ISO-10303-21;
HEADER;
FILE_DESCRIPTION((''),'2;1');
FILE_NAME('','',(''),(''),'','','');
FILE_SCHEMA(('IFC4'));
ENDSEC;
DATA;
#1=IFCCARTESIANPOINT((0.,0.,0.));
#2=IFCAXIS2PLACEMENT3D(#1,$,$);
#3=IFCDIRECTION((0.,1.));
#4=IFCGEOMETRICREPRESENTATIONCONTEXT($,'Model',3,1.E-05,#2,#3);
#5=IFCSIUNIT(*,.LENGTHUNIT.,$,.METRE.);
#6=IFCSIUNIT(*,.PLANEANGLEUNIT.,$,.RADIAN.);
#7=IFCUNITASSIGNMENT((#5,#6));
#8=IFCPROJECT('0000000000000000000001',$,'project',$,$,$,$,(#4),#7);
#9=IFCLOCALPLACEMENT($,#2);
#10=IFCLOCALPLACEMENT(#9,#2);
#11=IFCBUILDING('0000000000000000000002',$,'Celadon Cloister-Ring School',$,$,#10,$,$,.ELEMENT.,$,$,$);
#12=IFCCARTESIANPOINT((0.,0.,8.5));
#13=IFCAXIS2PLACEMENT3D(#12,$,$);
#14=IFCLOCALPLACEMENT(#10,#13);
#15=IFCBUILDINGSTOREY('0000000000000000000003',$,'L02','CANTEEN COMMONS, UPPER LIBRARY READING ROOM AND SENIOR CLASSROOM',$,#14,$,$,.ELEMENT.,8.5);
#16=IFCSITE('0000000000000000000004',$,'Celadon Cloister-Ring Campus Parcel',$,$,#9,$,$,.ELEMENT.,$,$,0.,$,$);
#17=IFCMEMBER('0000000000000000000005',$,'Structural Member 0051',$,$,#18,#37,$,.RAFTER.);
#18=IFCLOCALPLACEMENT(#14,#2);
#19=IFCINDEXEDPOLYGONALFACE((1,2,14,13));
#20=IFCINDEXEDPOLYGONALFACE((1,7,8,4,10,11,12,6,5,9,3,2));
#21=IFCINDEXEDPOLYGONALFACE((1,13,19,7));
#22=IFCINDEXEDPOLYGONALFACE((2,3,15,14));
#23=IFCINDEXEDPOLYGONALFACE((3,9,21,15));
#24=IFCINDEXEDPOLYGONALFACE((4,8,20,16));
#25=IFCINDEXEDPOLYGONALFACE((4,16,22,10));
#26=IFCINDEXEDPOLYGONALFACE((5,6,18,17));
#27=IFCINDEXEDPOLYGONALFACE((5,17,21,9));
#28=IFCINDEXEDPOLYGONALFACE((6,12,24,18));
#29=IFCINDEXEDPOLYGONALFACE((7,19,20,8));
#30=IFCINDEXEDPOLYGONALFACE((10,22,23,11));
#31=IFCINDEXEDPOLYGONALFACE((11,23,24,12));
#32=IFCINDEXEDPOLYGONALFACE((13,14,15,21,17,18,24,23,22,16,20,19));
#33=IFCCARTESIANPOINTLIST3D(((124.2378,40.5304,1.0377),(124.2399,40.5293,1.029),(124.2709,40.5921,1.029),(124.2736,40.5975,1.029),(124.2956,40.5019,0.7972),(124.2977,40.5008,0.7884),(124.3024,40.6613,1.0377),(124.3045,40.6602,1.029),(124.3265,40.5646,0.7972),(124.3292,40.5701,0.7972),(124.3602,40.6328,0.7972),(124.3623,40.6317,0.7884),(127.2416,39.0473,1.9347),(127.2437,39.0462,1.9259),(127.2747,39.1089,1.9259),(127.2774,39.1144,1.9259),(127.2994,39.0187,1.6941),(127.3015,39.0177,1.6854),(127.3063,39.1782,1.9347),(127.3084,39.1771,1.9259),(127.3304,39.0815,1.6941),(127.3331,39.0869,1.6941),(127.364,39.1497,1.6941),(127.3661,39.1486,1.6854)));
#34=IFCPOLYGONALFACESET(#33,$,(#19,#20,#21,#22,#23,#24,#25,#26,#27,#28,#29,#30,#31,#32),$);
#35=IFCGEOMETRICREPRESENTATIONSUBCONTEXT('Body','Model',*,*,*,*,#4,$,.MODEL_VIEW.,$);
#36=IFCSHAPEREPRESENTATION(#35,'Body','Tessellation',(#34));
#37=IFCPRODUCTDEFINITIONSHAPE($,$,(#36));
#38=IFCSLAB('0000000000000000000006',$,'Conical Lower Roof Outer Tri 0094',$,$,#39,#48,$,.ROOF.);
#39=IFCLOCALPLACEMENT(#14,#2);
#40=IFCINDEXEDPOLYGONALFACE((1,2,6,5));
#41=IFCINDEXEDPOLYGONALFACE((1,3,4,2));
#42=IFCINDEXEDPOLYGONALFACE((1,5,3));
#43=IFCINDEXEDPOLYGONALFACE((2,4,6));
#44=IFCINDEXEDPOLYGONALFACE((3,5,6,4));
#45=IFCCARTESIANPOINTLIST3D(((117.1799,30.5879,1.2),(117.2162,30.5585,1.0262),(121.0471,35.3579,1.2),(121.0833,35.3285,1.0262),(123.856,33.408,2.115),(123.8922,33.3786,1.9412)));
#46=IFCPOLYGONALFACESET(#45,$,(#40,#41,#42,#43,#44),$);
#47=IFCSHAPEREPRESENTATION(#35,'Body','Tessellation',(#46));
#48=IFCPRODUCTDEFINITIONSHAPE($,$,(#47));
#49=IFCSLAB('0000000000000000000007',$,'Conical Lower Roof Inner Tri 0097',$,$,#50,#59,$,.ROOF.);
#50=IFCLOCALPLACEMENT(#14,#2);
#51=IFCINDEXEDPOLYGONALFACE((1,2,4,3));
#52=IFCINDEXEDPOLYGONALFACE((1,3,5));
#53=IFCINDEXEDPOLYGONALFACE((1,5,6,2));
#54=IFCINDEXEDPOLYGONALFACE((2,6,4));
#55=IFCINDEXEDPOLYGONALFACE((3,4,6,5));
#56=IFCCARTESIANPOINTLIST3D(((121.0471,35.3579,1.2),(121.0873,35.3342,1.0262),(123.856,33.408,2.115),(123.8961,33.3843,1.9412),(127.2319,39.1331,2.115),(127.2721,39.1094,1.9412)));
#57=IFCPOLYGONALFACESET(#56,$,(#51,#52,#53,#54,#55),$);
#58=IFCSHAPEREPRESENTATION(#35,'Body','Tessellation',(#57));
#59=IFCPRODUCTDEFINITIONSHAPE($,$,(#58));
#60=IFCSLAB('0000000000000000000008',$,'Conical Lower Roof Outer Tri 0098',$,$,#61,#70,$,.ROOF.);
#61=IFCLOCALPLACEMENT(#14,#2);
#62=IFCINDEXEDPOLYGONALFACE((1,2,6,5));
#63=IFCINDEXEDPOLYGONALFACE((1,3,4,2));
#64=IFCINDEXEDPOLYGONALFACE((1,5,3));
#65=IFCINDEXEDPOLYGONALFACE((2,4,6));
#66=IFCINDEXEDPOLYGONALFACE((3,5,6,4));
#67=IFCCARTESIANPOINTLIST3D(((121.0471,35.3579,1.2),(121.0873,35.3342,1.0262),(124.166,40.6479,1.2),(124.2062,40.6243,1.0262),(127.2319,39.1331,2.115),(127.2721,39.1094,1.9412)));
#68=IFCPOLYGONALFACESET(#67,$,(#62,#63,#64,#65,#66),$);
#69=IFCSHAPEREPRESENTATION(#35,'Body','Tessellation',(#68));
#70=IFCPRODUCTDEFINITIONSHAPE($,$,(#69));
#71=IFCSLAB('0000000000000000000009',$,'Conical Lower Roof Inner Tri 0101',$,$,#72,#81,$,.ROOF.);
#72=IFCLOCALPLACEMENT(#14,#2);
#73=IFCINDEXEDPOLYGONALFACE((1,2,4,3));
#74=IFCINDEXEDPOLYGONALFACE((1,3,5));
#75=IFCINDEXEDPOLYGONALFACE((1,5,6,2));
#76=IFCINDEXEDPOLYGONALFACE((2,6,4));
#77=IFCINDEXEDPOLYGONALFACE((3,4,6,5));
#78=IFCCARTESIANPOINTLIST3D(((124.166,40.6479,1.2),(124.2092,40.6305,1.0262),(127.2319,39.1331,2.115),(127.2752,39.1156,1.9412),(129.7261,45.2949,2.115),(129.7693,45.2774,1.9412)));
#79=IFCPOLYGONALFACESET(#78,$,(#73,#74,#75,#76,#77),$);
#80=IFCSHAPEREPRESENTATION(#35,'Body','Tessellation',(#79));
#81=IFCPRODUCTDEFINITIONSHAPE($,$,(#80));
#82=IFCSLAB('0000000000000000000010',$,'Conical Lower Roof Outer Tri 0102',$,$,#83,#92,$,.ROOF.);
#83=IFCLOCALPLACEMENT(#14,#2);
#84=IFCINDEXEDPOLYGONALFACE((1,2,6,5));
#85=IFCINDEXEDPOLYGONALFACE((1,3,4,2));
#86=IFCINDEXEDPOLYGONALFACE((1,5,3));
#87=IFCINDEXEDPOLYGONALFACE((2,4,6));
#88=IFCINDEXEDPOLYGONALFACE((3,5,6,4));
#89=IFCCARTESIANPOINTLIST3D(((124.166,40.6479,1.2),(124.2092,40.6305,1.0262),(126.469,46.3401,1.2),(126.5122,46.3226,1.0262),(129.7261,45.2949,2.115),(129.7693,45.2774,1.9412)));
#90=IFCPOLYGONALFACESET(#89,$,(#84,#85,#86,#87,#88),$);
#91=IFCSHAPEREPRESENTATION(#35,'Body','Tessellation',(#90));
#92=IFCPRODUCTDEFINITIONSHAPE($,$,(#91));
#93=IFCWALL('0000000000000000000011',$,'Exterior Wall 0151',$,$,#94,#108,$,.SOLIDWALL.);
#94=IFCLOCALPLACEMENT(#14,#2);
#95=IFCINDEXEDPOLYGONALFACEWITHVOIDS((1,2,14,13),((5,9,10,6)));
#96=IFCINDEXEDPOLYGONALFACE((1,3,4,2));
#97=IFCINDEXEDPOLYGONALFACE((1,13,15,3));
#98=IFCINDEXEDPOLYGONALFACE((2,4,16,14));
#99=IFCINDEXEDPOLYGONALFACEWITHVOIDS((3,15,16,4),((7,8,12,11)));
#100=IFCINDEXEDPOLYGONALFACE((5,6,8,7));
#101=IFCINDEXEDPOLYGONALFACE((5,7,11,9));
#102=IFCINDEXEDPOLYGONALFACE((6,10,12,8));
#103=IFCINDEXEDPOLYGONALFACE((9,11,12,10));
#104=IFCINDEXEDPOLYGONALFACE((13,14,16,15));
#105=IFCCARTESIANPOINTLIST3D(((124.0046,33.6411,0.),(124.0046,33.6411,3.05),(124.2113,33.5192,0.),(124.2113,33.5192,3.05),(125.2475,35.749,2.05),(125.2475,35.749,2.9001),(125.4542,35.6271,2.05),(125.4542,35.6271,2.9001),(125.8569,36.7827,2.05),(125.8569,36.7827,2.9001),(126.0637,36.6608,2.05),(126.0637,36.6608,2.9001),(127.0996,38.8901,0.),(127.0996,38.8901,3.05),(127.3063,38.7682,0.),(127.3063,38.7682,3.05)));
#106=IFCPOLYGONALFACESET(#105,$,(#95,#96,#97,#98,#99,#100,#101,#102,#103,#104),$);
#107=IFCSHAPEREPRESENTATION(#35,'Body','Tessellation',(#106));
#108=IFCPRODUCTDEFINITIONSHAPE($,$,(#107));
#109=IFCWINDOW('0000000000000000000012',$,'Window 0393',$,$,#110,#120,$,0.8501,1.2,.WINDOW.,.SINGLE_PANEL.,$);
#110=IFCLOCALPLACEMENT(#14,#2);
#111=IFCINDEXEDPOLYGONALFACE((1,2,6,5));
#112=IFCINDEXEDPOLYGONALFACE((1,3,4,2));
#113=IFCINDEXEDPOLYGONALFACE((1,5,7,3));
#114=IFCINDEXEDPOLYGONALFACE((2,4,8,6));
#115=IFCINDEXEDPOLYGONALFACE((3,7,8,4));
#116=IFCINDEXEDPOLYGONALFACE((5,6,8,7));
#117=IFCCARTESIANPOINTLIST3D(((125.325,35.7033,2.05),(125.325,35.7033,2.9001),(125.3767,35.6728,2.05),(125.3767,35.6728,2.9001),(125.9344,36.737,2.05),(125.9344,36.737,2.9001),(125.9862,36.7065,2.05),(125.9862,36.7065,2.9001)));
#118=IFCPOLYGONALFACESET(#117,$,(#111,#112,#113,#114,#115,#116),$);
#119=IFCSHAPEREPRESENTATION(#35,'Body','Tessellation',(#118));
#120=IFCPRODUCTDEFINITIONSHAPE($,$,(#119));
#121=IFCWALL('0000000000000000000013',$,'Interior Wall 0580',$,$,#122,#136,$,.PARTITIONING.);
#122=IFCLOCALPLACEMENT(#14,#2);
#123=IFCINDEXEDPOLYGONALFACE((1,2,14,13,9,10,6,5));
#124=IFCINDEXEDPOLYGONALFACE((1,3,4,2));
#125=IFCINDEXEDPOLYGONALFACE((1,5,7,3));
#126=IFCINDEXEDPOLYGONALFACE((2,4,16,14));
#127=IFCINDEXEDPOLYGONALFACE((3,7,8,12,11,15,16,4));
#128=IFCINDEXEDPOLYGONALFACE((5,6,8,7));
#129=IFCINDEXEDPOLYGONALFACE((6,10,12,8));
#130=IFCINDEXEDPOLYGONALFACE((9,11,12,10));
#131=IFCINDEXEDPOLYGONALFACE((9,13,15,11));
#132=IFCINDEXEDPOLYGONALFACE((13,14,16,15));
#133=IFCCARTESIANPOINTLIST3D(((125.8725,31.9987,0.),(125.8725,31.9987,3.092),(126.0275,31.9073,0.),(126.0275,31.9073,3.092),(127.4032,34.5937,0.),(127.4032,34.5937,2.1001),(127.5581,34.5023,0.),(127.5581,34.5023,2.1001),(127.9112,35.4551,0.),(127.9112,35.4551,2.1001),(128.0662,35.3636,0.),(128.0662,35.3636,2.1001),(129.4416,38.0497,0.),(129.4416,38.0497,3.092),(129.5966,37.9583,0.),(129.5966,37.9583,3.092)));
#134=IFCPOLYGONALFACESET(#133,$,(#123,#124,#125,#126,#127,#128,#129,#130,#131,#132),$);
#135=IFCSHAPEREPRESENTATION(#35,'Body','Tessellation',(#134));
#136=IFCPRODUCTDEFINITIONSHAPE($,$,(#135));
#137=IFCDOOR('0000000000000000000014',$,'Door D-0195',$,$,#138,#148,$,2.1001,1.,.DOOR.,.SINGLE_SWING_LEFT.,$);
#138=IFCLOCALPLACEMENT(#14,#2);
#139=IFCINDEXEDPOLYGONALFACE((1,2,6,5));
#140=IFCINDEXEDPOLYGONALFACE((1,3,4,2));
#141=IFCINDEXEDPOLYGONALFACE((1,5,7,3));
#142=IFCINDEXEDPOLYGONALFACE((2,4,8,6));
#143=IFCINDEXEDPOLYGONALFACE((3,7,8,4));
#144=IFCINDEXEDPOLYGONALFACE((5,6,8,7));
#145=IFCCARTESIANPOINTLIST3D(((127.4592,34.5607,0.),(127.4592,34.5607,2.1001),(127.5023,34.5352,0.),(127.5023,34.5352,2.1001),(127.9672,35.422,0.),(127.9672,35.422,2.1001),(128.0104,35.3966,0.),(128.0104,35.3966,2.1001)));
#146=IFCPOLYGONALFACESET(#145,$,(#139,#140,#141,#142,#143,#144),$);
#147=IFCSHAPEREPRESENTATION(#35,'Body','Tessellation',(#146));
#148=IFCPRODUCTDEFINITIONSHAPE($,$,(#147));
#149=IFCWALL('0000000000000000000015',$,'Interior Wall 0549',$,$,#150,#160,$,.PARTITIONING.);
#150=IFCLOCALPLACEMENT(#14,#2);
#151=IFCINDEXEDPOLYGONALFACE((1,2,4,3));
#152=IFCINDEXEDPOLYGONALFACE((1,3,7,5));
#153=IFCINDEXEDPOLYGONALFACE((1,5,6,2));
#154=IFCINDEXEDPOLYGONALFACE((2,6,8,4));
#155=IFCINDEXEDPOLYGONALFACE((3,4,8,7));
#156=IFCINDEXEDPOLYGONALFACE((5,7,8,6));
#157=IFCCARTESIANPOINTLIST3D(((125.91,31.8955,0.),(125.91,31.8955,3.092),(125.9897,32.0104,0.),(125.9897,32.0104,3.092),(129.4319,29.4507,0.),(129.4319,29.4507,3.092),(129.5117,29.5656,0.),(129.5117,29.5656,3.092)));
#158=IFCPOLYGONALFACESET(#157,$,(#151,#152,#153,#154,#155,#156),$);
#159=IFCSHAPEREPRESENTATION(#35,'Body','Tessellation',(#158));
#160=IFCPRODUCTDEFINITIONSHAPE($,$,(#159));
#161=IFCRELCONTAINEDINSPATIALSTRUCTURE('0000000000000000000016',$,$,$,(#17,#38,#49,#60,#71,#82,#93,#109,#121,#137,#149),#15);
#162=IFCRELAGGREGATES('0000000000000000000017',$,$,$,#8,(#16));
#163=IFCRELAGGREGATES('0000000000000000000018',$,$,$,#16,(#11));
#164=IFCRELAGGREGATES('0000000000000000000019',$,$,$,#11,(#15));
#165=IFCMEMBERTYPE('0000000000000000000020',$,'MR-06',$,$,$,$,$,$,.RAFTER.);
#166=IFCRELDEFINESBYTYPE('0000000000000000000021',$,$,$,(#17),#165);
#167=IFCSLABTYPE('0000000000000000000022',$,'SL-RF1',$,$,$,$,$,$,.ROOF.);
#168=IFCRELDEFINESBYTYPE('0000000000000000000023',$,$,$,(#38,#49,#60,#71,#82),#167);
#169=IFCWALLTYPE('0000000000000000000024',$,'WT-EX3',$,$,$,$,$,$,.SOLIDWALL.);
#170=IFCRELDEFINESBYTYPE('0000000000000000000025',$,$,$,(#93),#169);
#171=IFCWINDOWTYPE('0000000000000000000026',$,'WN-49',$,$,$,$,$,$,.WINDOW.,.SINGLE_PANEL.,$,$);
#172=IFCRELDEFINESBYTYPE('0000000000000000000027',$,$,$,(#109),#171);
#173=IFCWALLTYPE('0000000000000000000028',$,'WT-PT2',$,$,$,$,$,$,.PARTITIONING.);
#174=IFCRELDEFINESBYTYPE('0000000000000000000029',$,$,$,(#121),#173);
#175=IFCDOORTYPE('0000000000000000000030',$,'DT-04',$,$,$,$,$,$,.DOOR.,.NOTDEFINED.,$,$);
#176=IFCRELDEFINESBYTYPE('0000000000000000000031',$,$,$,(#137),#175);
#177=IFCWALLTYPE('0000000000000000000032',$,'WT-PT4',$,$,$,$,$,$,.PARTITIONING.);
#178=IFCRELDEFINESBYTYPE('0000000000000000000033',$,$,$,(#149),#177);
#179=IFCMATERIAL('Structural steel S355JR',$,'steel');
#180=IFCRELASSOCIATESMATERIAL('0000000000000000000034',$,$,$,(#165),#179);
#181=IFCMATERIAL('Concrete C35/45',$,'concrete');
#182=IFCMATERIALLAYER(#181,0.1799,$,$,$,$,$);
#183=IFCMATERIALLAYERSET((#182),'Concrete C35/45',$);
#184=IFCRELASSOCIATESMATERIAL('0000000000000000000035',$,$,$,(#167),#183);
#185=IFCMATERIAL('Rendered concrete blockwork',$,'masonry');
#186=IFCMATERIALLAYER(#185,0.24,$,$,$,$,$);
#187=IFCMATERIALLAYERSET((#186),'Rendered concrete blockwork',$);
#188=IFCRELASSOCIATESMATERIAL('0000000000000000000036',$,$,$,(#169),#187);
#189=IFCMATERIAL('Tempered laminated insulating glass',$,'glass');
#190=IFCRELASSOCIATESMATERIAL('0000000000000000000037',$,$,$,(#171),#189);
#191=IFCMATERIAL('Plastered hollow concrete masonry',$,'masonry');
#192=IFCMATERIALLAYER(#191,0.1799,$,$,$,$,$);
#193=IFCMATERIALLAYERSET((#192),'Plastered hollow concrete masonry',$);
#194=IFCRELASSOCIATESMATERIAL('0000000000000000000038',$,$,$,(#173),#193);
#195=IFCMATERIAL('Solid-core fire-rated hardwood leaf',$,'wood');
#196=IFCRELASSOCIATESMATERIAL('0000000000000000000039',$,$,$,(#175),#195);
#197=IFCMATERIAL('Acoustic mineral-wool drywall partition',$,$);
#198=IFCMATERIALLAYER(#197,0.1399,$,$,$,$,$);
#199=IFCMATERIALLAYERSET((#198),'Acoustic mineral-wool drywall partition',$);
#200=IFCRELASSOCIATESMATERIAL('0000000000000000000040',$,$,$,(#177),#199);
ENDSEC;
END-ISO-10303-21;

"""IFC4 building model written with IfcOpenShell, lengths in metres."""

from ifc_helpers import new_model, si_unit, direction, frame, frame_2d, origin, origin_2d, place, context, subcontext, project, spatial, polyline, rectangle, i_section, outline, extrude, material, layer, layer_set, material_profile, profile_set, type_object, element, fill, save


model = new_model("IFC4")

# Units and contexts
model_context = context("Model", 3, precision=1e-05, world=origin(), true_north=direction((0.0, 1.0)))
body_context = subcontext(model_context, "Body", "Model", "MODEL_VIEW")
ifc_project = project(units=[si_unit("LENGTHUNIT", "METRE"), si_unit("PLANEANGLEUNIT", "RADIAN")], contexts=[model_context])

# Site, building, storey
site_placement = place(None, origin())
site = spatial("IfcSite", under=ifc_project, at=site_placement, Name="Celadon Cloister-Ring Campus Parcel", CompositionType="ELEMENT", RefElevation=0.0)
building_placement = place(site_placement, origin())
building = spatial("IfcBuilding", under=site, at=building_placement, Name="Celadon Cloister-Ring School", CompositionType="ELEMENT")
storey_placement = place(building_placement, frame((0.0, 0.0, 8.5)))
storey = spatial("IfcBuildingStorey", under=building, at=storey_placement, Name="L02", Description="CANTEEN COMMONS, UPPER LIBRARY READING ROOM AND SENIOR CLASSROOM", CompositionType="ELEMENT", Elevation=8.5)

# Member
ifc_material_1 = material(Name="Structural steel S355JR", Category="steel")
ifc_material_profile_1 = material_profile(ifc_material_1, i_section(OverallWidth=0.146, OverallDepth=0.2581, WebThickness=0.0061, FlangeThickness=0.009, at=origin_2d()), Name="W250X33")
ifc_profile_set_1 = profile_set([ifc_material_profile_1], Name="Structural steel S355JR")
member_type_1 = type_object("IfcMemberType", Name="MR-06", PredefinedType="RAFTER", material=ifc_profile_set_1)
member_1_placement = place(storey_placement, frame((124.3, 40.5811, 0.9131), z_axis=(0.866152, -0.427655, 0.258635), x_axis=(0.442719, 0.89666, 0.0)))
element("IfcMember", 1, at=member_1_placement, inside=storey, type_object=member_type_1, Name="Structural Member 0051", PredefinedType="RAFTER", context=body_context, shape_type="SweptSolid", body=[
    extrude(i_section(OverallWidth=0.146, OverallDepth=0.2581, WebThickness=0.0061, FlangeThickness=0.009, at=origin_2d()), origin(), (0.0, 0.0, 1.0), 3.468),
])

# Slabs
ifc_material_2 = material(Name="Concrete C35/45", Category="concrete")
ifc_layer_1 = layer(ifc_material_2, 0.1799)
ifc_layer_set_1 = layer_set([ifc_layer_1], Name="Concrete C35/45")
slab_type = type_object("IfcSlabType", Name="SL-RF1", PredefinedType="ROOF", material=ifc_layer_set_1)
slab_1_placement = place(storey_placement, frame((117.1799, 30.5879, 1.2), z_axis=(-0.201328, 0.163222, 0.965829), x_axis=(0.913929, 0.386059, 0.125266)))
element("IfcSlab", 2, at=slab_1_placement, inside=storey, type_object=slab_type, Name="Conical Lower Roof Outer Tri 0094", PredefinedType="ROOF", context=body_context, shape_type="SweptSolid", body=[
    extrude(outline(polyline([(0.0, 0.0), (7.3048, 0.0), (5.3758, 2.9679), (0.0, 0.0)])), origin(), (0.0, 0.0, -1.0), 0.1799),
])
slab_2_placement = place(storey_placement, frame((121.0471, 35.3579, 1.2), z_axis=(-0.223249, 0.131646, 0.965831), x_axis=(0.793534, -0.550887, 0.258511)))
element("IfcSlab", 3, at=slab_2_placement, inside=storey, type_object=slab_type, Name="Conical Lower Roof Inner Tri 0097", PredefinedType="ROOF", context=body_context, shape_type="SweptSolid", body=[
    extrude(outline(polyline([(0.0, 0.0), (3.5397, 0.0), (3.0647, 6.6294), (0.0, 0.0)])), origin(), (0.0, 0.0, -1.0), 0.1799),
])
slab_3_placement = place(storey_placement, frame((121.0471, 35.3579, 1.2), z_axis=(-0.22323, 0.131612, 0.96584), x_axis=(0.84683, 0.516896, 0.125288)))
element("IfcSlab", 4, at=slab_3_placement, inside=storey, type_object=slab_type, Name="Conical Lower Roof Outer Tri 0098", PredefinedType="ROOF", context=body_context, shape_type="SweptSolid", body=[
    extrude(outline(polyline([(0.0, 0.0), (7.3035, 0.0), (5.3756, 2.969), (0.0, 0.0)])), origin(), (0.0, 0.0, -1.0), 0.1799),
])
slab_4_placement = place(storey_placement, frame((124.166, 40.6479, 1.2), z_axis=(-0.240216, 0.097232, 0.965838), x_axis=(0.866063, -0.427928, 0.258481)))
element("IfcSlab", 5, at=slab_4_placement, inside=storey, type_object=slab_type, Name="Conical Lower Roof Inner Tri 0101", PredefinedType="ROOF", context=body_context, shape_type="SweptSolid", body=[
    extrude(outline(polyline([(0.0, 0.0), (3.5401, 0.0), (3.0633, 6.6304), (0.0, 0.0)])), origin(), (0.0, 0.0, -1.0), 0.1799),
])
slab_5_placement = place(storey_placement, frame((124.166, 40.6479, 1.2), z_axis=(-0.240166, 0.097169, 0.965856), x_axis=(0.761253, 0.636238, 0.125282)))
element("IfcSlab", 6, at=slab_5_placement, inside=storey, type_object=slab_type, Name="Conical Lower Roof Outer Tri 0102", PredefinedType="ROOF", context=body_context, shape_type="SweptSolid", body=[
    extrude(outline(polyline([(0.0, 0.0), (7.3038, 0.0), (5.3747, 2.9693), (0.0, 0.0)])), origin(), (0.0, 0.0, -1.0), 0.1799),
])

# Wall, opening, window
ifc_material_3 = material(Name="Rendered concrete blockwork", Category="masonry")
ifc_layer_2 = layer(ifc_material_3, 0.24)
ifc_layer_set_2 = layer_set([ifc_layer_2], Name="Rendered concrete blockwork")
wall_type_1 = type_object("IfcWallType", Name="WT-EX3", PredefinedType="SOLIDWALL", material=ifc_layer_set_2)
wall_1_placement = place(storey_placement, frame((124.1079, 33.5801, 0.0), z_axis=(0.0, 0.0, 1.0), x_axis=(0.507911, 0.86141, 0.0)))
wall_1 = element("IfcWall", 7, at=wall_1_placement, inside=storey, type_object=wall_type_1, Name="Exterior Wall 0151", PredefinedType="SOLIDWALL", context=body_context, shape_type="SweptSolid", body=[
    extrude(rectangle(XDim=6.0935, YDim=0.24, at=frame_2d((3.0469, 0.0))), origin(), (0.0, 0.0, 1.0), 3.05),
])
opening_1_placement = place(wall_1_placement, frame((2.447, 0.0, 2.05)))
opening_1 = element("IfcOpeningElement", 8, at=opening_1_placement, cuts=wall_1, PredefinedType="OPENING", context=body_context, shape_type="SweptSolid", body=[
    extrude(rectangle(XDim=1.2, YDim=0.8501, at=frame_2d((0.6001, 0.425))), frame((0.0, 0.1299, 0.0), z_axis=(0.0, -1.0, 0.0), x_axis=(1.0, 0.0, 0.0)), (0.0, 0.0, 1.0), 0.26),
])
ifc_material_4 = material(Name="Tempered laminated insulating glass", Category="glass")
window_type = type_object("IfcWindowType", Name="WN-49", PartitioningType="SINGLE_PANEL", PredefinedType="WINDOW", material=ifc_material_4)
window_placement = place(opening_1_placement, origin())
window = element("IfcWindow", 9, at=window_placement, inside=storey, type_object=window_type, Name="Window 0393", OverallHeight=0.8501, OverallWidth=1.2, PartitioningType="SINGLE_PANEL", PredefinedType="WINDOW", context=body_context, shape_type="SweptSolid", body=[
    extrude(rectangle(XDim=1.2, YDim=0.8501, at=frame_2d((0.6001, 0.425))), frame((0.0, 0.03, 0.0), z_axis=(0.0, -1.0, 0.0), x_axis=(1.0, 0.0, 0.0)), (0.0, 0.0, 1.0), 0.0601),
])
fill(opening_1, window)

# Wall, opening, door
ifc_material_5 = material(Name="Plastered hollow concrete masonry", Category="masonry")
ifc_layer_3 = layer(ifc_material_5, 0.1799)
ifc_layer_set_3 = layer_set([ifc_layer_3], Name="Plastered hollow concrete masonry")
wall_type_2 = type_object("IfcWallType", Name="WT-PT2", PredefinedType="PARTITIONING", material=ifc_layer_set_3)
wall_2_placement = place(storey_placement, frame((125.95, 31.9529, 0.0), z_axis=(0.0, 0.0, 1.0), x_axis=(0.508042, 0.861332, 0.0)))
wall_2 = element("IfcWall", 10, at=wall_2_placement, inside=storey, type_object=wall_type_2, Name="Interior Wall 0580", PredefinedType="PARTITIONING", context=body_context, shape_type="SweptSolid", body=[
    extrude(rectangle(XDim=7.0251, YDim=0.1799, at=frame_2d((3.5127, 0.0))), origin(), (0.0, 0.0, 1.0), 3.092),
])
opening_2_placement = place(wall_2_placement, frame((3.0129, 0.0, 0.0)))
opening_2 = element("IfcOpeningElement", 11, at=opening_2_placement, cuts=wall_2, PredefinedType="OPENING", context=body_context, shape_type="SweptSolid", body=[
    extrude(rectangle(XDim=1.0, YDim=2.1001, at=frame_2d((0.5, 1.05))), frame((0.0, 0.1001, 0.0), z_axis=(0.0, -1.0, 0.0), x_axis=(1.0, 0.0, 0.0)), (0.0, 0.0, 1.0), 0.2),
])
ifc_material_6 = material(Name="Solid-core fire-rated hardwood leaf", Category="wood")
door_type = type_object("IfcDoorType", Name="DT-04", OperationType="NOTDEFINED", PredefinedType="DOOR", material=ifc_material_6)
door_placement = place(opening_2_placement, origin())
door = element("IfcDoor", 12, at=door_placement, inside=storey, type_object=door_type, Name="Door D-0195", OperationType="SINGLE_SWING_LEFT", OverallHeight=2.1001, OverallWidth=1.0, PredefinedType="DOOR", context=body_context, shape_type="SweptSolid", body=[
    extrude(rectangle(XDim=1.0, YDim=2.1001, at=frame_2d((0.5, 1.05))), frame((0.0, 0.0249, 0.0), z_axis=(0.0, -1.0, 0.0), x_axis=(1.0, 0.0, 0.0)), (0.0, 0.0, 1.0), 0.05),
])
fill(opening_2, door)

# Wall
ifc_material_7 = material(Name="Acoustic mineral-wool drywall partition")
ifc_layer_4 = layer(ifc_material_7, 0.1399)
ifc_layer_set_4 = layer_set([ifc_layer_4], Name="Acoustic mineral-wool drywall partition")
wall_type_3 = type_object("IfcWallType", Name="WT-PT4", PredefinedType="PARTITIONING", material=ifc_layer_set_4)
wall_3_placement = place(storey_placement, frame((125.95, 31.9529, 0.0), z_axis=(0.0, 0.0, 1.0), x_axis=(0.821478, -0.57024, 0.0)))
element("IfcWall", 13, at=wall_3_placement, inside=storey, type_object=wall_type_3, Name="Interior Wall 0549", PredefinedType="PARTITIONING", context=body_context, shape_type="SweptSolid", body=[
    extrude(rectangle(XDim=4.2874, YDim=0.1399, at=frame_2d((2.1436, 0.0))), origin(), (0.0, 0.0, 1.0), 3.092),
])

save(model, "model.ifc")
